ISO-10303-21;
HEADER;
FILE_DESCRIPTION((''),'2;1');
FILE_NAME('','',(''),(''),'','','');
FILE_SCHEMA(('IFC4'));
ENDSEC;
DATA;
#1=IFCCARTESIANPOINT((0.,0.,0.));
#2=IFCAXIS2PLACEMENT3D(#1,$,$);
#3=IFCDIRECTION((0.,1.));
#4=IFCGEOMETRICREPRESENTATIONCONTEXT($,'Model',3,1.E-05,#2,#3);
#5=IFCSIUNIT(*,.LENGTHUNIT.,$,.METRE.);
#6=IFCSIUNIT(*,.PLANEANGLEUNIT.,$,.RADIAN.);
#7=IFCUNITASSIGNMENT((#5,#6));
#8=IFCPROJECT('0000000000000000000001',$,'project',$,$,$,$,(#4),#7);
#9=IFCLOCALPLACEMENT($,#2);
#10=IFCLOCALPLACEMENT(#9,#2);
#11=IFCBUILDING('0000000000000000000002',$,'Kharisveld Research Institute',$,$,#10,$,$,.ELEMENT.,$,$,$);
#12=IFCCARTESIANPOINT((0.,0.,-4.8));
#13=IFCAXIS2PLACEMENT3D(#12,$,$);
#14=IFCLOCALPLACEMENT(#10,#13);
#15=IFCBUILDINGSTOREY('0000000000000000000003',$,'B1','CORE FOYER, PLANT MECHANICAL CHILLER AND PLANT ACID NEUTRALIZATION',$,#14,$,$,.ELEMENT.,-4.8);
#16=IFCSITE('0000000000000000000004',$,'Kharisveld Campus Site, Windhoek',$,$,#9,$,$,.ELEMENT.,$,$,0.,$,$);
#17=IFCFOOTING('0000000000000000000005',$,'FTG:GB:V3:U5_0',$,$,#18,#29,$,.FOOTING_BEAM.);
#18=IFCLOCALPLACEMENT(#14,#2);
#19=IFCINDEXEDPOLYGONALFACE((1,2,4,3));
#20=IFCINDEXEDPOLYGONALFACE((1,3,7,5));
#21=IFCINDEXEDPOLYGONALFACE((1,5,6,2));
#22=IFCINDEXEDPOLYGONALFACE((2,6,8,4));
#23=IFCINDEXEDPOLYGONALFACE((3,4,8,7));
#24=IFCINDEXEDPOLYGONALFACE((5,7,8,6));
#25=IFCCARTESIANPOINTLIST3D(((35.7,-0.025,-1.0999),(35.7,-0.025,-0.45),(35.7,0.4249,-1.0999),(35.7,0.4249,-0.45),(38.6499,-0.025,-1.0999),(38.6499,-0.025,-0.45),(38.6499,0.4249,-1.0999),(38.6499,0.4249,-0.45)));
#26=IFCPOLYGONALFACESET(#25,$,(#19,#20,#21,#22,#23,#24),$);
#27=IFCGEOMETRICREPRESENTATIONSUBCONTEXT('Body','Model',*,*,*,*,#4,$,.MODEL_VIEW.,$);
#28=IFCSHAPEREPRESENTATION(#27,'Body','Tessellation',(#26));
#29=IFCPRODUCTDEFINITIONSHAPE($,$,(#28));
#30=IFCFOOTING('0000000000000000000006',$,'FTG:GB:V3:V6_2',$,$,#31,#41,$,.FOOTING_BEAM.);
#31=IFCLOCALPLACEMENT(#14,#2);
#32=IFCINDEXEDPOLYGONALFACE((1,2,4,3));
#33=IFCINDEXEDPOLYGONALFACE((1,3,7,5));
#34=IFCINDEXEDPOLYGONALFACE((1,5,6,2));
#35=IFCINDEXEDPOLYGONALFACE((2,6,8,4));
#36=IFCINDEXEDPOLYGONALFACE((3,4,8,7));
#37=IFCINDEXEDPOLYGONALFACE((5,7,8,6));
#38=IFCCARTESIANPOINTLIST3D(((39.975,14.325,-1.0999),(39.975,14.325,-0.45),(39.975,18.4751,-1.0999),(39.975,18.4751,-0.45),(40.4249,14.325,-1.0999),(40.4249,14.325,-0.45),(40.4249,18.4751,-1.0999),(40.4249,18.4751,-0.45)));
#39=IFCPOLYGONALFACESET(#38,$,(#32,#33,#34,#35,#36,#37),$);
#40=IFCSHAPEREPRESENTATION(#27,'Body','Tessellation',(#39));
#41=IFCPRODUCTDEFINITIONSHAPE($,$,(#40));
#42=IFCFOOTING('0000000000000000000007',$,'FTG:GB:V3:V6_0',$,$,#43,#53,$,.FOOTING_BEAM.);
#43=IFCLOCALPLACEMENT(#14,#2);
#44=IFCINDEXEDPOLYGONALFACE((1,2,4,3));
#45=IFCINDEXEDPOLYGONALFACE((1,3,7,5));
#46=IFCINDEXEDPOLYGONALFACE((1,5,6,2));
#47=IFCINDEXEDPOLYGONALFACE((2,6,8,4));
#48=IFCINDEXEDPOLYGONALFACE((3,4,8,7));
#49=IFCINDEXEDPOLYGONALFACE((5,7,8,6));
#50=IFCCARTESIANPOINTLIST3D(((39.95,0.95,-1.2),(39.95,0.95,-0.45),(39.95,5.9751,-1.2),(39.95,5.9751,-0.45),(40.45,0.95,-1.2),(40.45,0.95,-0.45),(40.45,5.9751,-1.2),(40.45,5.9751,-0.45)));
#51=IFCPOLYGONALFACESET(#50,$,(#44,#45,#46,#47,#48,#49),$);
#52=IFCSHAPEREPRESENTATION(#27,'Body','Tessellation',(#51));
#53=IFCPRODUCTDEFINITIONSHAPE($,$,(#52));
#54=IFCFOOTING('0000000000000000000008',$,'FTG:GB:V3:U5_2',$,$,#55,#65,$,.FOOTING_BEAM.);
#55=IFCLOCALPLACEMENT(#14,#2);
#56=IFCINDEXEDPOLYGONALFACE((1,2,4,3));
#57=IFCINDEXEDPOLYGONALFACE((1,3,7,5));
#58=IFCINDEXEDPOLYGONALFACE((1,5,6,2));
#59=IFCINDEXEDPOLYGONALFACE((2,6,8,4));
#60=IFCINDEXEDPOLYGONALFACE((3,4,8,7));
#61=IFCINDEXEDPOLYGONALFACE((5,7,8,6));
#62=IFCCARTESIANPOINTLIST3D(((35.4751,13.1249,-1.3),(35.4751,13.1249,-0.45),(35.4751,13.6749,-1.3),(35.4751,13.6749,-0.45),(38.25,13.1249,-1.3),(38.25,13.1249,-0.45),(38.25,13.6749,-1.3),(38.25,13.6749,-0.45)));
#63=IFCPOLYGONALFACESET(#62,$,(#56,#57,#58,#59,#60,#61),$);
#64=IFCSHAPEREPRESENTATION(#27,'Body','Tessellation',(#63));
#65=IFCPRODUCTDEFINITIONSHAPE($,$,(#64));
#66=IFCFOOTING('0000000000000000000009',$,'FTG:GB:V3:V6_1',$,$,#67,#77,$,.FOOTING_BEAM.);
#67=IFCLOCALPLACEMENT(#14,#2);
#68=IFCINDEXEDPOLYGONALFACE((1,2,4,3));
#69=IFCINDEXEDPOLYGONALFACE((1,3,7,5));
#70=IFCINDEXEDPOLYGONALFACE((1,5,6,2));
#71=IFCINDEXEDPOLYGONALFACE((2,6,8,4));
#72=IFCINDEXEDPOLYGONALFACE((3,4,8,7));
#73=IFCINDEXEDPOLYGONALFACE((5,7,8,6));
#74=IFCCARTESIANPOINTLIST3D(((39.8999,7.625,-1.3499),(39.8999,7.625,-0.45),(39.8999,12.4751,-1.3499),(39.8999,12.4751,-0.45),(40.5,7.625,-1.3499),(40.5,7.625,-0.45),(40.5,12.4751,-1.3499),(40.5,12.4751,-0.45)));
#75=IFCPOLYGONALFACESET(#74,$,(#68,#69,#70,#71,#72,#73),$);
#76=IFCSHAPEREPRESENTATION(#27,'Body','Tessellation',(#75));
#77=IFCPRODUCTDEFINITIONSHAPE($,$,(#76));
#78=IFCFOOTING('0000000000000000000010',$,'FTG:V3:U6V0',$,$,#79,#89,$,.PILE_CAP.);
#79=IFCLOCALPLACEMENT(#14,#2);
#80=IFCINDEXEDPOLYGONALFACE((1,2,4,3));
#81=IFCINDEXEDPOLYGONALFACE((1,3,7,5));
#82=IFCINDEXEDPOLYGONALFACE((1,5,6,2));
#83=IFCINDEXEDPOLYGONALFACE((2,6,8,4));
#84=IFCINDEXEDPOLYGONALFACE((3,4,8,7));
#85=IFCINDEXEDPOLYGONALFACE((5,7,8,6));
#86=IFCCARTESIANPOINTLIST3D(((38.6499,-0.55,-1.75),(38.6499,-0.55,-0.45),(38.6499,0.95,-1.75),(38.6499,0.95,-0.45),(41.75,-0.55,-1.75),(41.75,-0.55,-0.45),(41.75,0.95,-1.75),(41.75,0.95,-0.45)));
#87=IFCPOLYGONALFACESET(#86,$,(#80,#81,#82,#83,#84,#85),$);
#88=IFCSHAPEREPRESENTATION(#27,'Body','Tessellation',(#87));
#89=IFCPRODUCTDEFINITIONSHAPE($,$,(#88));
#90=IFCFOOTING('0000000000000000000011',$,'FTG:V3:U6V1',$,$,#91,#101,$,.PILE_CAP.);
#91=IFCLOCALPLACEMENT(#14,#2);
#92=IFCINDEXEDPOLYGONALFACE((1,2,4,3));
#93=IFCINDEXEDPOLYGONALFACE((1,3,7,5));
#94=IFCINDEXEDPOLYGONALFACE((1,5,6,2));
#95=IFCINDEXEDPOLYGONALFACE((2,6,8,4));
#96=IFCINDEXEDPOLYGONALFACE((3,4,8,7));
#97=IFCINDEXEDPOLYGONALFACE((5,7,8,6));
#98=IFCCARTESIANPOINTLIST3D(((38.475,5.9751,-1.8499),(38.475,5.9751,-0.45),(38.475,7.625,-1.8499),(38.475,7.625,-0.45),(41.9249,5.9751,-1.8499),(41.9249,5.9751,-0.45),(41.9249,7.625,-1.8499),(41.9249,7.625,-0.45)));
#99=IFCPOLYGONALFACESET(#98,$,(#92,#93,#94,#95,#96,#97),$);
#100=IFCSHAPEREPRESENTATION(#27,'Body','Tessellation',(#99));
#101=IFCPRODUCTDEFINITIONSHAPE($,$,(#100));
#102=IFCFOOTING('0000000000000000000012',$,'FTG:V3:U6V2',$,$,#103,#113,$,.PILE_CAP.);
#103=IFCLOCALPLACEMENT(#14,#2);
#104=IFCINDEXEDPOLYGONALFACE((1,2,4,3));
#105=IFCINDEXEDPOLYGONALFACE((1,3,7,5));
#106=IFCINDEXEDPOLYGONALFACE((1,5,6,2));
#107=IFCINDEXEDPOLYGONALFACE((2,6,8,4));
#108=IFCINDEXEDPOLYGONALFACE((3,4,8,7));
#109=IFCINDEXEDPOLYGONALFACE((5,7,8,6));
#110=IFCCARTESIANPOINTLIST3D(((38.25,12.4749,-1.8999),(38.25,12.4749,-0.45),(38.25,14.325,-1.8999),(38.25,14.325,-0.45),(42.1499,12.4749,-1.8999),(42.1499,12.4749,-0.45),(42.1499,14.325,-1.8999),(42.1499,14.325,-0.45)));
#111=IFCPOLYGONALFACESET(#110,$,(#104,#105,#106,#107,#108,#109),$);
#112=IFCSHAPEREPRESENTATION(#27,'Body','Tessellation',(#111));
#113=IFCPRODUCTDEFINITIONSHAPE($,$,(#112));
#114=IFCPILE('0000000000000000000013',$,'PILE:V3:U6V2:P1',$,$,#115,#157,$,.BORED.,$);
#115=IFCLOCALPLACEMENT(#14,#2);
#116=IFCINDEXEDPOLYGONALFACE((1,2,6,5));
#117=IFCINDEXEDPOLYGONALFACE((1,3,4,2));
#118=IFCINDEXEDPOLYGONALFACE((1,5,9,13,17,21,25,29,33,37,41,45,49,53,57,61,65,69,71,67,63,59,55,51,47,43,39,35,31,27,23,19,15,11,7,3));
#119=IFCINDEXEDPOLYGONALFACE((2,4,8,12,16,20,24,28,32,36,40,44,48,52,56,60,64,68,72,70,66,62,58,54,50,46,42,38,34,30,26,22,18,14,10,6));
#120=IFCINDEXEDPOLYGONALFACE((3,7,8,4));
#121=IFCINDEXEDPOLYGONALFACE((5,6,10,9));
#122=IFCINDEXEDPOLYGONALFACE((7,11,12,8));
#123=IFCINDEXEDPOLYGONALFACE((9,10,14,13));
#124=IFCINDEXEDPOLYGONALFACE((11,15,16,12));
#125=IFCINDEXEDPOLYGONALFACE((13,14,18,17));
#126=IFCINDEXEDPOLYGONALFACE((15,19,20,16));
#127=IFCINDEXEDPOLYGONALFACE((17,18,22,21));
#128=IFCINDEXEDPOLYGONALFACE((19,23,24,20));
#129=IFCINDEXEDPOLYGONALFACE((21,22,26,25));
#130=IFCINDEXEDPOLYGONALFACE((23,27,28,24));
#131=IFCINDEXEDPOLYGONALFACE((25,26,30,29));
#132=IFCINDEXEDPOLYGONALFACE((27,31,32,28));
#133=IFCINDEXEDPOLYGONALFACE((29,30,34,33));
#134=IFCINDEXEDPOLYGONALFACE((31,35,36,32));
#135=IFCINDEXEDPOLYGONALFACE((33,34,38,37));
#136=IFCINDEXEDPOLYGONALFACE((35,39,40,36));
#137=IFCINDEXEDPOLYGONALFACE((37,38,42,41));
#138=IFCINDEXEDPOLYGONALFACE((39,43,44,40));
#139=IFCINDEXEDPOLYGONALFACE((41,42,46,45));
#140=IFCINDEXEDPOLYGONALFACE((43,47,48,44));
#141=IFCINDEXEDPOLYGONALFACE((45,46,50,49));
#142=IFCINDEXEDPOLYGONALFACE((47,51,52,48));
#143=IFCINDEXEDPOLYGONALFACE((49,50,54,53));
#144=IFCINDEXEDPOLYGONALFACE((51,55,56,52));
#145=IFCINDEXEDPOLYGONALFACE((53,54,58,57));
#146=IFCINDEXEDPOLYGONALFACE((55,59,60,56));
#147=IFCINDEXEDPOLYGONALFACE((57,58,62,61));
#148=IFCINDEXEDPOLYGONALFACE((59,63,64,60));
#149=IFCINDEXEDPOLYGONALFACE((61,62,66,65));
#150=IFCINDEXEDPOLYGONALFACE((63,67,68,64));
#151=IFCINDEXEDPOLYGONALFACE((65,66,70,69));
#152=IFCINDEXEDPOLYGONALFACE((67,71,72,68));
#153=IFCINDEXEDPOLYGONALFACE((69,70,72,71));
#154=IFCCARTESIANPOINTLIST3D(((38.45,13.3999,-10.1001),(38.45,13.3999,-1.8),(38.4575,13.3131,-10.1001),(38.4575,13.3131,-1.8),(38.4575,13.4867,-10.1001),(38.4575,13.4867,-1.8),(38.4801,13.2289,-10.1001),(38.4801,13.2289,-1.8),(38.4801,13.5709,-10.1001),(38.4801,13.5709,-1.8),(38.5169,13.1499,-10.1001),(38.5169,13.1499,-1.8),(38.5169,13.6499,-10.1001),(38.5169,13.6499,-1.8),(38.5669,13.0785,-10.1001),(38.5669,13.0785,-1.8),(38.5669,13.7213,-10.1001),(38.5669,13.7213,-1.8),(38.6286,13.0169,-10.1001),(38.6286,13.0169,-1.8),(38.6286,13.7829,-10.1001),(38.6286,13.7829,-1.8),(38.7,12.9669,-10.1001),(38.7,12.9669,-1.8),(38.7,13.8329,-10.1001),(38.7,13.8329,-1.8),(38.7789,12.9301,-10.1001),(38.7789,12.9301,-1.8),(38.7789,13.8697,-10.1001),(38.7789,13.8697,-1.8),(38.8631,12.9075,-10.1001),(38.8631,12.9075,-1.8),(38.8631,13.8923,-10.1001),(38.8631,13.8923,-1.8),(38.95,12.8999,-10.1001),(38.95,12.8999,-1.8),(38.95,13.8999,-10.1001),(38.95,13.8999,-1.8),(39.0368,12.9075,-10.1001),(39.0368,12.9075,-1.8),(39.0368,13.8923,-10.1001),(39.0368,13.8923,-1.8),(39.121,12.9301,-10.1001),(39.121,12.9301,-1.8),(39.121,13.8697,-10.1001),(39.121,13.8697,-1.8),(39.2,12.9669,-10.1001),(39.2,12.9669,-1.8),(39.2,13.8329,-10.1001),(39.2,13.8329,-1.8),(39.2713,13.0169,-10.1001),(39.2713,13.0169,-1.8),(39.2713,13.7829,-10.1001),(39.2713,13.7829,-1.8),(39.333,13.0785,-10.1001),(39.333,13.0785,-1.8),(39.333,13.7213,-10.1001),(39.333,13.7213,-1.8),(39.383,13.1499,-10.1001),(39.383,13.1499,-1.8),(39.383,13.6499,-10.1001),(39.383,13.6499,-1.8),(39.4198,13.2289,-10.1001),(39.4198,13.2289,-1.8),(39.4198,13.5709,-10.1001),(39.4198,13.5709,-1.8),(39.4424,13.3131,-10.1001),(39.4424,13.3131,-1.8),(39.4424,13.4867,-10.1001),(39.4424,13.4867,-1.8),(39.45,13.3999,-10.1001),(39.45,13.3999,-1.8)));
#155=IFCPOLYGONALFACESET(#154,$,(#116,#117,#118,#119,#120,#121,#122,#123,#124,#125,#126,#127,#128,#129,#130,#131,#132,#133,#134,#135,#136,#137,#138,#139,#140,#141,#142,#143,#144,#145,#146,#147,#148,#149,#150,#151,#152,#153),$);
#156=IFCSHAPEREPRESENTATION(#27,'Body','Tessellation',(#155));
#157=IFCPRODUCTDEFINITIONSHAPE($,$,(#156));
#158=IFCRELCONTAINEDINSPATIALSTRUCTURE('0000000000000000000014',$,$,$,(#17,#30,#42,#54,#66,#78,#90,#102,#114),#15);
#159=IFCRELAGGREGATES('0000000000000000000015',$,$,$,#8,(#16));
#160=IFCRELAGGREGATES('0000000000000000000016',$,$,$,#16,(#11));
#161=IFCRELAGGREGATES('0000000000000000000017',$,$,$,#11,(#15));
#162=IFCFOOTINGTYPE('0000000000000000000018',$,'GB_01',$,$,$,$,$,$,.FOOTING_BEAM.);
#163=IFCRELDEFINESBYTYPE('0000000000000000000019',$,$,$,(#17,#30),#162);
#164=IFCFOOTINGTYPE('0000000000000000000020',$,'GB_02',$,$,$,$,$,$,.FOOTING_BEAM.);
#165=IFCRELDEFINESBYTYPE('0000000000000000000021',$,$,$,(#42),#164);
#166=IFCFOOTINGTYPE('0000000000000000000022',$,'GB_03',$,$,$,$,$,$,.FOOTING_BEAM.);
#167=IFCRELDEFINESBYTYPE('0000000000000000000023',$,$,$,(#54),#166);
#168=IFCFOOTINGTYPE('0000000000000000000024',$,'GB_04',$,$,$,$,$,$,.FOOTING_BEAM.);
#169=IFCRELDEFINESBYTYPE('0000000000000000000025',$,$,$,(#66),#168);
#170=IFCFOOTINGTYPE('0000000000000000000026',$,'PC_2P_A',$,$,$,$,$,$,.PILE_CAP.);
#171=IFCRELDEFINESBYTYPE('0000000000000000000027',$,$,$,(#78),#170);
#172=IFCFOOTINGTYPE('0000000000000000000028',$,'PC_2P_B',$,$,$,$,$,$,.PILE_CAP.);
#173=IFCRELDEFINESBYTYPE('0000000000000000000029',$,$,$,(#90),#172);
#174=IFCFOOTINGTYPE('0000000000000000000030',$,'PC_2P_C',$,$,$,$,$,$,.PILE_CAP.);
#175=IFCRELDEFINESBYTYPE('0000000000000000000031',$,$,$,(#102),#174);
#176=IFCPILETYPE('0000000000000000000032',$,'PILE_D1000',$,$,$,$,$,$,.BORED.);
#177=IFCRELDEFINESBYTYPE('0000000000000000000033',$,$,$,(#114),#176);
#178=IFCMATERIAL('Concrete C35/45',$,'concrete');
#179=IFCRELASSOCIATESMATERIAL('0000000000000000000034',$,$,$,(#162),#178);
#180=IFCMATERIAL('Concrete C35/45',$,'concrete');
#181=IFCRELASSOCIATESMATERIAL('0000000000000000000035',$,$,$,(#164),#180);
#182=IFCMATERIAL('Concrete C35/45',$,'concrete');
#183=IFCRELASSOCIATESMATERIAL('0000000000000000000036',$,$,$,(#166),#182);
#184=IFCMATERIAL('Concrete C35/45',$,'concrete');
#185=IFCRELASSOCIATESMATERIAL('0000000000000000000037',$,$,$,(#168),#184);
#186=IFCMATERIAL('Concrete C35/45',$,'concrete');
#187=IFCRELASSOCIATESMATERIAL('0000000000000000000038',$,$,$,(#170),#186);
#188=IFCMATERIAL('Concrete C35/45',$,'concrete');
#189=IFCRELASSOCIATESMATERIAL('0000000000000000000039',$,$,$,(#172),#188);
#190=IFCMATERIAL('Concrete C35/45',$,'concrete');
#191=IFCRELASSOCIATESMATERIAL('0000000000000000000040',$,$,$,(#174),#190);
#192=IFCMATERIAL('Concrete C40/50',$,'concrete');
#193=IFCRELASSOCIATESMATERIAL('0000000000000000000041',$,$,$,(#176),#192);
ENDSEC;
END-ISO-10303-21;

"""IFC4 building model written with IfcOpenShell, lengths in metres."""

from ifc_helpers import new_model, si_unit, direction, frame, origin, origin_2d, place, context, subcontext, project, spatial, rectangle, circle, extrude, material, material_profile, profile_set, type_object, element, save


model = new_model("IFC4")

# Units and contexts
model_context = context("Model", 3, precision=1e-05, world=origin(), true_north=direction((0.0, 1.0)))
body_context = subcontext(model_context, "Body", "Model", "MODEL_VIEW")
ifc_project = project(units=[si_unit("LENGTHUNIT", "METRE"), si_unit("PLANEANGLEUNIT", "RADIAN")], contexts=[model_context])

# Site, building, storey
site_placement = place(None, origin())
site = spatial("IfcSite", under=ifc_project, at=site_placement, Name="Kharisveld Campus Site, Windhoek", CompositionType="ELEMENT", RefElevation=0.0)
building_placement = place(site_placement, origin())
building = spatial("IfcBuilding", under=site, at=building_placement, Name="Kharisveld Research Institute", CompositionType="ELEMENT")
storey_placement = place(building_placement, frame((0.0, 0.0, -4.8)))
storey = spatial("IfcBuildingStorey", under=building, at=storey_placement, Name="B1", Description="CORE FOYER, PLANT MECHANICAL CHILLER AND PLANT ACID NEUTRALIZATION", CompositionType="ELEMENT", Elevation=-4.8)

# Footings
ifc_material_1 = material(Name="Concrete C35/45", Category="concrete")
ifc_material_profile_1 = material_profile(ifc_material_1, rectangle(XDim=0.45, YDim=0.6499, at=origin_2d()))
ifc_profile_set_1 = profile_set([ifc_material_profile_1], Name="Concrete C35/45")
footing_type_1 = type_object("IfcFootingType", Name="GB_01", PredefinedType="FOOTING_BEAM", material=ifc_profile_set_1)
footing_1_placement = place(storey_placement, frame((35.7, 0.2, -0.7749), z_axis=(1.0, 0.0, 0.0), x_axis=(0.0, 1.0, 0.0)))
element("IfcFooting", 1, at=footing_1_placement, inside=storey, type_object=footing_type_1, Name="FTG:GB:V3:U5_0", PredefinedType="FOOTING_BEAM", context=body_context, shape_type="SweptSolid", body=[
    extrude(rectangle(XDim=0.45, YDim=0.6499, at=origin_2d()), origin(), (0.0, 0.0, 1.0), 2.95),
])
footing_2_placement = place(storey_placement, frame((40.2, 14.325, -0.7749), z_axis=(0.0, 1.0, 0.0), x_axis=(-1.0, 0.0, 0.0)))
element("IfcFooting", 2, at=footing_2_placement, inside=storey, type_object=footing_type_1, Name="FTG:GB:V3:V6_2", PredefinedType="FOOTING_BEAM", context=body_context, shape_type="SweptSolid", body=[
    extrude(rectangle(XDim=0.45, YDim=0.6499, at=origin_2d()), origin(), (0.0, 0.0, 1.0), 4.1501),
])
ifc_material_2 = material(Name="Concrete C35/45", Category="concrete")
ifc_material_profile_2 = material_profile(ifc_material_2, rectangle(XDim=0.5, YDim=0.75, at=origin_2d()))
ifc_profile_set_2 = profile_set([ifc_material_profile_2], Name="Concrete C35/45")
footing_type_2 = type_object("IfcFootingType", Name="GB_02", PredefinedType="FOOTING_BEAM", material=ifc_profile_set_2)
footing_3_placement = place(storey_placement, frame((40.2, 0.95, -0.825), z_axis=(0.0, 1.0, 0.0), x_axis=(-1.0, 0.0, 0.0)))
element("IfcFooting", 3, at=footing_3_placement, inside=storey, type_object=footing_type_2, Name="FTG:GB:V3:V6_0", PredefinedType="FOOTING_BEAM", context=body_context, shape_type="SweptSolid", body=[
    extrude(rectangle(XDim=0.5, YDim=0.75, at=origin_2d()), origin(), (0.0, 0.0, 1.0), 5.0251),
])
ifc_material_3 = material(Name="Concrete C35/45", Category="concrete")
ifc_material_profile_3 = material_profile(ifc_material_3, rectangle(XDim=0.55, YDim=0.8501, at=origin_2d()))
ifc_profile_set_3 = profile_set([ifc_material_profile_3], Name="Concrete C35/45")
footing_type_3 = type_object("IfcFootingType", Name="GB_03", PredefinedType="FOOTING_BEAM", material=ifc_profile_set_3)
footing_4_placement = place(storey_placement, frame((35.4751, 13.3999, -0.875), z_axis=(1.0, 0.0, 0.0), x_axis=(0.0, 1.0, 0.0)))
element("IfcFooting", 4, at=footing_4_placement, inside=storey, type_object=footing_type_3, Name="FTG:GB:V3:U5_2", PredefinedType="FOOTING_BEAM", context=body_context, shape_type="SweptSolid", body=[
    extrude(rectangle(XDim=0.55, YDim=0.8501, at=origin_2d()), origin(), (0.0, 0.0, 1.0), 2.7749),
])
ifc_material_4 = material(Name="Concrete C35/45", Category="concrete")
ifc_material_profile_4 = material_profile(ifc_material_4, rectangle(XDim=0.6001, YDim=0.8999, at=origin_2d()))
ifc_profile_set_4 = profile_set([ifc_material_profile_4], Name="Concrete C35/45")
footing_type_4 = type_object("IfcFootingType", Name="GB_04", PredefinedType="FOOTING_BEAM", material=ifc_profile_set_4)
footing_5_placement = place(storey_placement, frame((40.2, 7.625, -0.8999), z_axis=(0.0, 1.0, 0.0), x_axis=(-1.0, 0.0, 0.0)))
element("IfcFooting", 5, at=footing_5_placement, inside=storey, type_object=footing_type_4, Name="FTG:GB:V3:V6_1", PredefinedType="FOOTING_BEAM", context=body_context, shape_type="SweptSolid", body=[
    extrude(rectangle(XDim=0.6001, YDim=0.8999, at=origin_2d()), origin(), (0.0, 0.0, 1.0), 4.8501),
])
ifc_material_5 = material(Name="Concrete C35/45", Category="concrete")
footing_type_5 = type_object("IfcFootingType", Name="PC_2P_A", PredefinedType="PILE_CAP", material=ifc_material_5)
footing_6_placement = place(storey_placement, frame((40.2, 0.2, -1.75), z_axis=(0.0, 0.0, 1.0), x_axis=(1.0, 0.0, 0.0)))
element("IfcFooting", 6, at=footing_6_placement, inside=storey, type_object=footing_type_5, Name="FTG:V3:U6V0", PredefinedType="PILE_CAP", context=body_context, shape_type="SweptSolid", body=[
    extrude(rectangle(XDim=3.1001, YDim=1.5, at=origin_2d()), origin(), (0.0, 0.0, 1.0), 1.3),
])
ifc_material_6 = material(Name="Concrete C35/45", Category="concrete")
footing_type_6 = type_object("IfcFootingType", Name="PC_2P_B", PredefinedType="PILE_CAP", material=ifc_material_6)
footing_7_placement = place(storey_placement, frame((40.2, 6.8, -1.8499), z_axis=(0.0, 0.0, 1.0), x_axis=(1.0, 0.0, 0.0)))
element("IfcFooting", 7, at=footing_7_placement, inside=storey, type_object=footing_type_6, Name="FTG:V3:U6V1", PredefinedType="PILE_CAP", context=body_context, shape_type="SweptSolid", body=[
    extrude(rectangle(XDim=3.45, YDim=1.6499, at=origin_2d()), origin(), (0.0, 0.0, 1.0), 1.3999),
])
ifc_material_7 = material(Name="Concrete C35/45", Category="concrete")
footing_type_7 = type_object("IfcFootingType", Name="PC_2P_C", PredefinedType="PILE_CAP", material=ifc_material_7)
footing_8_placement = place(storey_placement, frame((40.2, 13.3999, -1.8999), z_axis=(0.0, 0.0, 1.0), x_axis=(1.0, 0.0, 0.0)))
element("IfcFooting", 8, at=footing_8_placement, inside=storey, type_object=footing_type_7, Name="FTG:V3:U6V2", PredefinedType="PILE_CAP", context=body_context, shape_type="SweptSolid", body=[
    extrude(rectangle(XDim=3.8999, YDim=1.8501, at=origin_2d()), origin(), (0.0, 0.0, 1.0), 1.45),
])

# Pile
ifc_material_8 = material(Name="Concrete C40/50", Category="concrete")
ifc_material_profile_5 = material_profile(ifc_material_8, circle(Radius=0.5, at=origin_2d()))
ifc_profile_set_5 = profile_set([ifc_material_profile_5], Name="Concrete C40/50")
pile_type_1 = type_object("IfcPileType", Name="PILE_D1000", PredefinedType="BORED", material=ifc_profile_set_5)
for number, where, z_axis, x_axis, name in (
    (9, (38.95, 13.3999, -1.8), (0.0, 0.0, -1.0), (1.0, 0.0, 0.0), "PILE:V3:U6V2:P1"),
):
    element("IfcPile", number, at=place(storey_placement, frame(where, z_axis=z_axis, x_axis=x_axis)), inside=storey, type_object=pile_type_1, Name=name, PredefinedType="BORED", context=body_context, shape_type="SweptSolid", body=[
        extrude(circle(Radius=0.5, at=origin_2d()), origin(), (0.0, 0.0, 1.0), 8.3),
    ])

save(model, "model.ifc")
